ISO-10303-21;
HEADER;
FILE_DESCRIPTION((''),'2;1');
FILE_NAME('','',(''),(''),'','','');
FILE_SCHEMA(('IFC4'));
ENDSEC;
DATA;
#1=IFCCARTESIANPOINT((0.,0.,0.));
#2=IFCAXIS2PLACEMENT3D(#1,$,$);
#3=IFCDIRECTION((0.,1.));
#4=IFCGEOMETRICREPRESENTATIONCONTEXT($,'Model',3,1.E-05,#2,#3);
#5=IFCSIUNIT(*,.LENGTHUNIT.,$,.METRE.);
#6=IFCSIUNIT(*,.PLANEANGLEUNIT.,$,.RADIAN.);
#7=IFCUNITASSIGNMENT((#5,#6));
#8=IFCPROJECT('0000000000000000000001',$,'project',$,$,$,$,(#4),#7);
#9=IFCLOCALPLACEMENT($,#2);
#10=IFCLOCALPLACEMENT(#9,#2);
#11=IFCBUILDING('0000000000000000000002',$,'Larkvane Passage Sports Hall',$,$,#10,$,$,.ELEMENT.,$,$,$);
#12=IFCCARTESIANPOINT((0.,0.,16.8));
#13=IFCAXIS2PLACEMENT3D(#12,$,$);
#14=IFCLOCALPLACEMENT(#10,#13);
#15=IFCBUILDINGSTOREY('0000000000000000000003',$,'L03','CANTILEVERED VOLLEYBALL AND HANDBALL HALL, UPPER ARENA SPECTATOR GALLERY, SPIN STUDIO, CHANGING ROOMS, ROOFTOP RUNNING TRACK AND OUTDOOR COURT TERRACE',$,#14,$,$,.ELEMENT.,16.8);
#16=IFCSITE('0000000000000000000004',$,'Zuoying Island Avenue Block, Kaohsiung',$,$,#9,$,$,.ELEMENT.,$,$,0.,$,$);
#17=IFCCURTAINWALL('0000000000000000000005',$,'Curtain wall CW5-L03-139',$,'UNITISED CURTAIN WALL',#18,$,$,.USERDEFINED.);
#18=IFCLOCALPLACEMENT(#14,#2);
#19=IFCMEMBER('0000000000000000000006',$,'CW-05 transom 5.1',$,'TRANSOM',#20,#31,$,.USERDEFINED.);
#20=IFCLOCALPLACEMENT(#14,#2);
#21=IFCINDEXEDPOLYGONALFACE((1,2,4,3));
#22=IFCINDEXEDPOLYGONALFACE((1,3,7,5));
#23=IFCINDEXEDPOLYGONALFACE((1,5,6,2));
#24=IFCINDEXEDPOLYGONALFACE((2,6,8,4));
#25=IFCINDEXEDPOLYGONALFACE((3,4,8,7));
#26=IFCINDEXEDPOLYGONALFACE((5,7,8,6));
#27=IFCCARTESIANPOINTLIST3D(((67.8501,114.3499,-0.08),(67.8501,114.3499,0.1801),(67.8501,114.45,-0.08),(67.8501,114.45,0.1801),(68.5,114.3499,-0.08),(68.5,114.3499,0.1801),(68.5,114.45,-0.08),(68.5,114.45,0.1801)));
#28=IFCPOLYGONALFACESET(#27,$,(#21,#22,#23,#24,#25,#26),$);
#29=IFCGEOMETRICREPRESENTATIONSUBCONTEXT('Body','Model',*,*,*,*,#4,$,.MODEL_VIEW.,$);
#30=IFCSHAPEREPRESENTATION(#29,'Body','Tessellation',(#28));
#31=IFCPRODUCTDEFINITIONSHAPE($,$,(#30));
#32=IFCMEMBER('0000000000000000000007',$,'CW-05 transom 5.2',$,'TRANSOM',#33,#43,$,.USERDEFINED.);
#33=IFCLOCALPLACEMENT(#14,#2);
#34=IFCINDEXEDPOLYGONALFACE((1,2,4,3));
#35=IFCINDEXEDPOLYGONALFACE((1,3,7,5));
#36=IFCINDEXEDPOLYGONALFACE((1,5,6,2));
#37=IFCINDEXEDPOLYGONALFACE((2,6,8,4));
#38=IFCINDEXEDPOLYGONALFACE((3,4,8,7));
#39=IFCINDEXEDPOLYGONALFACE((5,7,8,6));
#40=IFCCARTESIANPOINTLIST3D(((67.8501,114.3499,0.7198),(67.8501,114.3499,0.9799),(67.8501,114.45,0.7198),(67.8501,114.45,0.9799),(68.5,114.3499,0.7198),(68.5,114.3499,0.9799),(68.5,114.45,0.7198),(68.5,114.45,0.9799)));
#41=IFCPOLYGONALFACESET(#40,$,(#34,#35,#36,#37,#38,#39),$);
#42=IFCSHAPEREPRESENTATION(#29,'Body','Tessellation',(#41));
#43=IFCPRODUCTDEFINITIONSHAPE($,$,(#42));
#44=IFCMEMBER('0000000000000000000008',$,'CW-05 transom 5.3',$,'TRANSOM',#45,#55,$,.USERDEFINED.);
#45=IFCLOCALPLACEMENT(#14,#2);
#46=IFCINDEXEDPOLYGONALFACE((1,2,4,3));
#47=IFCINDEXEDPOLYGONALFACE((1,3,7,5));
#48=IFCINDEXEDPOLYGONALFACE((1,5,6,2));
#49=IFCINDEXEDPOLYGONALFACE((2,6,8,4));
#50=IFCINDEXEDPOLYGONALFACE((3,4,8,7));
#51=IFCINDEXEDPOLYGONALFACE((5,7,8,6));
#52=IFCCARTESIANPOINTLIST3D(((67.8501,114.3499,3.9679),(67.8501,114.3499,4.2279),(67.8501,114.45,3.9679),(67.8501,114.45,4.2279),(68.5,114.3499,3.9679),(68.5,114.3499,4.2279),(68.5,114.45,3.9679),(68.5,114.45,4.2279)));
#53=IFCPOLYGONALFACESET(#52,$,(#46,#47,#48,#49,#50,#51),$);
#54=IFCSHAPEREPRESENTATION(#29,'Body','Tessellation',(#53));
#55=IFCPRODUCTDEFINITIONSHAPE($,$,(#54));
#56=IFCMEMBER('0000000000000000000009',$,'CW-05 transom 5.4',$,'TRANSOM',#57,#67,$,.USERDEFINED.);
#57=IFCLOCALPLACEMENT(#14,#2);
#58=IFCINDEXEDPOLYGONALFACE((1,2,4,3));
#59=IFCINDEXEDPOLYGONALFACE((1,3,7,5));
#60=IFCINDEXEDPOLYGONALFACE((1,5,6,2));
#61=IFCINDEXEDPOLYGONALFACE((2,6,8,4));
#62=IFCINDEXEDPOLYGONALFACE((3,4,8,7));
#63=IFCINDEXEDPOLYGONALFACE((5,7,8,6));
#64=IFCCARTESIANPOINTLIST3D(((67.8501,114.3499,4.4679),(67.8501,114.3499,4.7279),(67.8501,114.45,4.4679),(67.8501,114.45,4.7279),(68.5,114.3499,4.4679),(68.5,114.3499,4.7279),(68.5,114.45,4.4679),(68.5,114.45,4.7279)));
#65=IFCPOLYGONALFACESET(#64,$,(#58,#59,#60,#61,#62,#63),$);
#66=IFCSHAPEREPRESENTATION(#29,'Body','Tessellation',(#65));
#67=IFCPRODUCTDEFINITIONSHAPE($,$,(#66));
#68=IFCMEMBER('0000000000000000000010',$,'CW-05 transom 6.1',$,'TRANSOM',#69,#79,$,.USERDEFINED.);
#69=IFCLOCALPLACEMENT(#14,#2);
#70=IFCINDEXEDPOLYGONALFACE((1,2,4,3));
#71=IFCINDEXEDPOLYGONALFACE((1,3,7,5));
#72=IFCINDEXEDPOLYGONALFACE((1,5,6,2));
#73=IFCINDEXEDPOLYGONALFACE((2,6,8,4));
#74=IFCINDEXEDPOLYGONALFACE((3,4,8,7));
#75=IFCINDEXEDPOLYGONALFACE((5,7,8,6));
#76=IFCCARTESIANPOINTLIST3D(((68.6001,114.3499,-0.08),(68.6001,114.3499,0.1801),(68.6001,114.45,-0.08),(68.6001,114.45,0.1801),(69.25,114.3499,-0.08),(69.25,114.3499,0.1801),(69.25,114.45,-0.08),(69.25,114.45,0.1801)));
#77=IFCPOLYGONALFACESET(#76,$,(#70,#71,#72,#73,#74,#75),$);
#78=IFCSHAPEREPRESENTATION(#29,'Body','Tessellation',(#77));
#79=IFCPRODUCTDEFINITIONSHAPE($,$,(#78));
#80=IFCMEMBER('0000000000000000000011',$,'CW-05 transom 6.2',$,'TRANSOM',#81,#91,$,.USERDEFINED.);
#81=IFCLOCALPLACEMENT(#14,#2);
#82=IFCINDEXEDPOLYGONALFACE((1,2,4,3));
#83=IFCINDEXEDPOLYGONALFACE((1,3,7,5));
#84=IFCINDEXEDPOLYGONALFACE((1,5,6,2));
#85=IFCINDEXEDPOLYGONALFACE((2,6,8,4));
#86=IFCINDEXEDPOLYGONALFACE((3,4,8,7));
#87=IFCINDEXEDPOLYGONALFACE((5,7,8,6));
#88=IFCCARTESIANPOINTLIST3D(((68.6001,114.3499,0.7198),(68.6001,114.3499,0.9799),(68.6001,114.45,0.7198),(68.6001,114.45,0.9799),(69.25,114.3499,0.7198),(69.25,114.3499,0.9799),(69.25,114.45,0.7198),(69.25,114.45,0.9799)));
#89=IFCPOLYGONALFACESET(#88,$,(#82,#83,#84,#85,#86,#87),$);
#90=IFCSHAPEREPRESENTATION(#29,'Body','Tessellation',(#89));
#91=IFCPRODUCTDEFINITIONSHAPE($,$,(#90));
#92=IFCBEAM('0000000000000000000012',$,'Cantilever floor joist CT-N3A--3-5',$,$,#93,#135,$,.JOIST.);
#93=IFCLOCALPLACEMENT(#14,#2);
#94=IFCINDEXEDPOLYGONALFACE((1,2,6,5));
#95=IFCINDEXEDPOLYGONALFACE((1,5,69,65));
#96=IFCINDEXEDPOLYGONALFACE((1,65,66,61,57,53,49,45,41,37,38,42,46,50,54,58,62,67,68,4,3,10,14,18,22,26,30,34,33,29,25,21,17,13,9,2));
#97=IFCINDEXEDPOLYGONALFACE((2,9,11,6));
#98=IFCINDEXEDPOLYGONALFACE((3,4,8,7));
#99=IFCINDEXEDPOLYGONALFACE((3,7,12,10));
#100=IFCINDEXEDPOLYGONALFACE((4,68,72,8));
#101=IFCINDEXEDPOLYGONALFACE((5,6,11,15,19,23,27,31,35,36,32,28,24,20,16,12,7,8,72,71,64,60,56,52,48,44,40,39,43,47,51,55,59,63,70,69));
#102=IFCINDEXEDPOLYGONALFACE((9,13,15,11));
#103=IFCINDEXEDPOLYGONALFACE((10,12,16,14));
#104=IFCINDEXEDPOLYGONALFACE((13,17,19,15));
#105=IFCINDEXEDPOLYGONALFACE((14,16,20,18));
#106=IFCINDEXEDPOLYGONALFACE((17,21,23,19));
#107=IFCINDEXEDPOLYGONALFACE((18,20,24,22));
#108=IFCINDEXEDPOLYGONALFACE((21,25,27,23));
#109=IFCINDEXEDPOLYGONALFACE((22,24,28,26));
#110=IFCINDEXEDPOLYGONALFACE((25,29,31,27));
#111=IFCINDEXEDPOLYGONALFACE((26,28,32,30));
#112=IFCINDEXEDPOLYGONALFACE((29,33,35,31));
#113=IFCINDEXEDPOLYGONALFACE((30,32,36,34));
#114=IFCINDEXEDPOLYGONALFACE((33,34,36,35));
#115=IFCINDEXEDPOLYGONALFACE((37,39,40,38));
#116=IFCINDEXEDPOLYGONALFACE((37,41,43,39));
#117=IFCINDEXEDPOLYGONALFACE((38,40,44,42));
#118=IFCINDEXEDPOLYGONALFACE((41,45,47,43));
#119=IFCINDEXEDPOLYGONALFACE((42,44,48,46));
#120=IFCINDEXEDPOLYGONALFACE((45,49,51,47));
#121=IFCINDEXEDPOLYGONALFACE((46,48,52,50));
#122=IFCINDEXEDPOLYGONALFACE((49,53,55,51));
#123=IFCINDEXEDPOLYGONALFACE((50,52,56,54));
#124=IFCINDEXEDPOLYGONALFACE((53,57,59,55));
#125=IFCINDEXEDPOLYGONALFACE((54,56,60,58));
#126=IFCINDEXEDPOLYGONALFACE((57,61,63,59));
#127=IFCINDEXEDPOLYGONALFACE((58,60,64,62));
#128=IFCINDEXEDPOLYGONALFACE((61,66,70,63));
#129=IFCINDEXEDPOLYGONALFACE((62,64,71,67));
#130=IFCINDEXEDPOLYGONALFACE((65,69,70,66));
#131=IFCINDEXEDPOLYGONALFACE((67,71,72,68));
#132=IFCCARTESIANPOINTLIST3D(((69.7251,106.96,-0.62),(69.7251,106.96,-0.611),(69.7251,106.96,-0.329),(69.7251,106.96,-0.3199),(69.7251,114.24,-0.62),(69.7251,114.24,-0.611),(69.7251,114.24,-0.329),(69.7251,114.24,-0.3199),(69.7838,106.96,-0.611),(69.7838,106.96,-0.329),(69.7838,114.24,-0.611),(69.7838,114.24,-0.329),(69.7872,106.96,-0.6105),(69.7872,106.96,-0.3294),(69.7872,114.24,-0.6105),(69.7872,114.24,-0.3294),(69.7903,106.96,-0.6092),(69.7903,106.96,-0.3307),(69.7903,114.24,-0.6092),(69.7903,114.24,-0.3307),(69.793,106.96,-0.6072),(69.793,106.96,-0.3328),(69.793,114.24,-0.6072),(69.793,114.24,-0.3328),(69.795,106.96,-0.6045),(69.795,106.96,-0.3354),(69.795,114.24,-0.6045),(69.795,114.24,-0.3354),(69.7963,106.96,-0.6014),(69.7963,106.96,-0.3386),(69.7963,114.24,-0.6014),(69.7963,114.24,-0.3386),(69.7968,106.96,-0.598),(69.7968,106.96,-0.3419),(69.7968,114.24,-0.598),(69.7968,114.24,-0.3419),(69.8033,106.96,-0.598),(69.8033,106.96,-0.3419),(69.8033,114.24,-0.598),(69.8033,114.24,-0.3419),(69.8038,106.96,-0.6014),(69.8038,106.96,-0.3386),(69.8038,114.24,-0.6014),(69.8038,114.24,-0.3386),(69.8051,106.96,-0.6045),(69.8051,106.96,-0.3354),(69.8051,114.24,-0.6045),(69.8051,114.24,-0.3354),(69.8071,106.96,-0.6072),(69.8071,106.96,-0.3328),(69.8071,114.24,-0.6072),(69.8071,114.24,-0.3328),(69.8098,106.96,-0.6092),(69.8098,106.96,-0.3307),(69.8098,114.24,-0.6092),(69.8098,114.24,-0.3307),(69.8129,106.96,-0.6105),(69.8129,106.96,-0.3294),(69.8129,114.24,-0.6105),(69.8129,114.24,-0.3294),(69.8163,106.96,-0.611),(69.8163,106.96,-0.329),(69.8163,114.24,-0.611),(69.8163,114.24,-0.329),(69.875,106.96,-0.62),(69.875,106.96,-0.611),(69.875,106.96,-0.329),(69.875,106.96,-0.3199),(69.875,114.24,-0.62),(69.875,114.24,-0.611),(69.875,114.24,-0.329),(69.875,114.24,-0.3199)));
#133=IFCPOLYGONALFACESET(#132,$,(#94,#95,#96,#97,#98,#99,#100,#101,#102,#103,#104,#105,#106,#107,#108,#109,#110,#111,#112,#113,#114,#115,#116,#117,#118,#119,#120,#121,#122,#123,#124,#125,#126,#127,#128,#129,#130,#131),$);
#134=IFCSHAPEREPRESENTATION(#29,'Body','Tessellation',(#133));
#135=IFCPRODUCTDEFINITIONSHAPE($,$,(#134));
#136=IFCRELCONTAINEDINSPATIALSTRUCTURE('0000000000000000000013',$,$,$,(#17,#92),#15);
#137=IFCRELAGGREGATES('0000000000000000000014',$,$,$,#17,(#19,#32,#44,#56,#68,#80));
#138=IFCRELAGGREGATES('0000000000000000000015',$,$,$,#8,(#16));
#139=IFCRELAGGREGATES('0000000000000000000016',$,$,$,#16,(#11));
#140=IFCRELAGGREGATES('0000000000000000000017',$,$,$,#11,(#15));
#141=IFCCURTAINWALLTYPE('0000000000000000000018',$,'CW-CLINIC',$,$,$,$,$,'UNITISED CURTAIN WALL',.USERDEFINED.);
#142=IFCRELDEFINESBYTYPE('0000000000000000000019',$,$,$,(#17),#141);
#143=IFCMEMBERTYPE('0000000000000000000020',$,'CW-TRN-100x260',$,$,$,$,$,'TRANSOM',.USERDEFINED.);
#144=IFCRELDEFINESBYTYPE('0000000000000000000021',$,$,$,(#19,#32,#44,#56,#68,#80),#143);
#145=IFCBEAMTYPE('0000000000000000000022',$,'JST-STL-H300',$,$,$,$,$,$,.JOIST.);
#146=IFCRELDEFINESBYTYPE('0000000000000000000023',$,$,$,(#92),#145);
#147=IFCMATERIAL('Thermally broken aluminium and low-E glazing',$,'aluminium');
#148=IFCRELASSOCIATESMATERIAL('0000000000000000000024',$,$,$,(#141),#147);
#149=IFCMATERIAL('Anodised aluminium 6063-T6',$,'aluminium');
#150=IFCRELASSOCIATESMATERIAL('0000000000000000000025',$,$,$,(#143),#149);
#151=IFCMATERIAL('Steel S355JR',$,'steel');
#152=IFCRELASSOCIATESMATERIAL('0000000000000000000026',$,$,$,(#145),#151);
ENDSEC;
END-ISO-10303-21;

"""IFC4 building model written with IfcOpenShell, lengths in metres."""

from ifc_helpers import new_model, si_unit, direction, frame, origin, origin_2d, place, context, subcontext, project, spatial, rectangle, i_section, extrude, material, material_profile, profile_set, type_object, element, aggregate, save


model = new_model("IFC4")

# Units and contexts
model_context = context("Model", 3, precision=1e-05, world=origin(), true_north=direction((0.0, 1.0)))
body_context = subcontext(model_context, "Body", "Model", "MODEL_VIEW")
ifc_project = project(units=[si_unit("LENGTHUNIT", "METRE"), si_unit("PLANEANGLEUNIT", "RADIAN")], contexts=[model_context])

# Site, building, storey
site_placement = place(None, origin())
site = spatial("IfcSite", under=ifc_project, at=site_placement, Name="Zuoying Island Avenue Block, Kaohsiung", CompositionType="ELEMENT", RefElevation=0.0)
building_placement = place(site_placement, origin())
building = spatial("IfcBuilding", under=site, at=building_placement, Name="Larkvane Passage Sports Hall", CompositionType="ELEMENT")
storey_placement = place(building_placement, frame((0.0, 0.0, 16.8)))
storey = spatial("IfcBuildingStorey", under=building, at=storey_placement, Name="L03", Description="CANTILEVERED VOLLEYBALL AND HANDBALL HALL, UPPER ARENA SPECTATOR GALLERY, SPIN STUDIO, CHANGING ROOMS, ROOFTOP RUNNING TRACK AND OUTDOOR COURT TERRACE", CompositionType="ELEMENT", Elevation=16.8)

# Curtain wall
ifc_material_1 = material(Name="Thermally broken aluminium and low-E glazing", Category="aluminium")
curtain_wall_type_1 = type_object("IfcCurtainWallType", Name="CW-CLINIC", ElementType="UNITISED CURTAIN WALL", PredefinedType="USERDEFINED", material=ifc_material_1)
curtain_wall_1_placement = place(storey_placement, origin())
curtain_wall_1 = element("IfcCurtainWall", 1, at=curtain_wall_1_placement, inside=storey, type_object=curtain_wall_type_1, Name="Curtain wall CW5-L03-139", ObjectType="UNITISED CURTAIN WALL", PredefinedType="USERDEFINED")
ifc_material_2 = material(Name="Anodised aluminium 6063-T6", Category="aluminium")

# Members
ifc_material_profile_1 = material_profile(ifc_material_2, rectangle(XDim=0.1001, YDim=0.26, at=origin_2d()), Name="ALU-TRN-100x260")
ifc_profile_set_1 = profile_set([ifc_material_profile_1], Name="Anodised aluminium 6063-T6")
member_type_1 = type_object("IfcMemberType", Name="CW-TRN-100x260", ElementType="TRANSOM", PredefinedType="USERDEFINED", material=ifc_profile_set_1)
member_1_placement = place(storey_placement, frame((67.8501, 114.3999, 0.05), z_axis=(1.0, 0.0, 0.0), x_axis=(0.0, 1.0, 0.0)))
member_1 = element("IfcMember", 2, at=member_1_placement, type_object=member_type_1, Name="CW-05 transom 5.1", ObjectType="TRANSOM", PredefinedType="USERDEFINED", context=body_context, shape_type="SweptSolid", body=[
    extrude(rectangle(XDim=0.1001, YDim=0.26, at=origin_2d()), origin(), (0.0, 0.0, 1.0), 0.6499),
])
member_2_placement = place(storey_placement, frame((67.8501, 114.3999, 0.8499), z_axis=(1.0, 0.0, 0.0), x_axis=(0.0, 1.0, 0.0)))
member_2 = element("IfcMember", 3, at=member_2_placement, type_object=member_type_1, Name="CW-05 transom 5.2", ObjectType="TRANSOM", PredefinedType="USERDEFINED", context=body_context, shape_type="SweptSolid", body=[
    extrude(rectangle(XDim=0.1001, YDim=0.26, at=origin_2d()), origin(), (0.0, 0.0, 1.0), 0.6499),
])
member_3_placement = place(storey_placement, frame((67.8501, 114.3999, 4.0979), z_axis=(1.0, 0.0, 0.0), x_axis=(0.0, 1.0, 0.0)))
member_3 = element("IfcMember", 4, at=member_3_placement, type_object=member_type_1, Name="CW-05 transom 5.3", ObjectType="TRANSOM", PredefinedType="USERDEFINED", context=body_context, shape_type="SweptSolid", body=[
    extrude(rectangle(XDim=0.1001, YDim=0.26, at=origin_2d()), origin(), (0.0, 0.0, 1.0), 0.6499),
])
member_4_placement = place(storey_placement, frame((67.8501, 114.3999, 4.5979), z_axis=(1.0, 0.0, 0.0), x_axis=(0.0, 1.0, 0.0)))
member_4 = element("IfcMember", 5, at=member_4_placement, type_object=member_type_1, Name="CW-05 transom 5.4", ObjectType="TRANSOM", PredefinedType="USERDEFINED", context=body_context, shape_type="SweptSolid", body=[
    extrude(rectangle(XDim=0.1001, YDim=0.26, at=origin_2d()), origin(), (0.0, 0.0, 1.0), 0.6499),
])
member_5_placement = place(storey_placement, frame((68.6001, 114.3999, 0.05), z_axis=(1.0, 0.0, 0.0), x_axis=(0.0, 1.0, 0.0)))
member_5 = element("IfcMember", 6, at=member_5_placement, type_object=member_type_1, Name="CW-05 transom 6.1", ObjectType="TRANSOM", PredefinedType="USERDEFINED", context=body_context, shape_type="SweptSolid", body=[
    extrude(rectangle(XDim=0.1001, YDim=0.26, at=origin_2d()), origin(), (0.0, 0.0, 1.0), 0.6499),
])
member_6_placement = place(storey_placement, frame((68.6001, 114.3999, 0.8499), z_axis=(1.0, 0.0, 0.0), x_axis=(0.0, 1.0, 0.0)))
member_6 = element("IfcMember", 7, at=member_6_placement, type_object=member_type_1, Name="CW-05 transom 6.2", ObjectType="TRANSOM", PredefinedType="USERDEFINED", context=body_context, shape_type="SweptSolid", body=[
    extrude(rectangle(XDim=0.1001, YDim=0.26, at=origin_2d()), origin(), (0.0, 0.0, 1.0), 0.6499),
])

# Beam
ifc_material_3 = material(Name="Steel S355JR", Category="steel")
ifc_material_profile_2 = material_profile(ifc_material_3, i_section(OverallWidth=0.1499, OverallDepth=0.3, WebThickness=0.0066, FlangeThickness=0.009, FilletRadius=0.0129, at=origin_2d()), Name="H-300x150x6.5x9")
ifc_profile_set_2 = profile_set([ifc_material_profile_2], Name="Steel S355JR")
beam_type_1 = type_object("IfcBeamType", Name="JST-STL-H300", PredefinedType="JOIST", material=ifc_profile_set_2)
beam_1_placement = place(storey_placement, frame((69.8, 106.96, -0.47), z_axis=(0.0, 1.0, 0.0), x_axis=(-1.0, 0.0, 0.0)))
element("IfcBeam", 8, at=beam_1_placement, inside=storey, type_object=beam_type_1, Name="Cantilever floor joist CT-N3A--3-5", PredefinedType="JOIST", context=body_context, shape_type="SweptSolid", body=[
    extrude(i_section(OverallWidth=0.1499, OverallDepth=0.3, WebThickness=0.0066, FlangeThickness=0.009, FilletRadius=0.0129, at=origin_2d()), origin(), (0.0, 0.0, 1.0), 7.28),
])

aggregate(curtain_wall_1, [member_1, member_2, member_3, member_4, member_5, member_6])

save(model, "model.ifc")
